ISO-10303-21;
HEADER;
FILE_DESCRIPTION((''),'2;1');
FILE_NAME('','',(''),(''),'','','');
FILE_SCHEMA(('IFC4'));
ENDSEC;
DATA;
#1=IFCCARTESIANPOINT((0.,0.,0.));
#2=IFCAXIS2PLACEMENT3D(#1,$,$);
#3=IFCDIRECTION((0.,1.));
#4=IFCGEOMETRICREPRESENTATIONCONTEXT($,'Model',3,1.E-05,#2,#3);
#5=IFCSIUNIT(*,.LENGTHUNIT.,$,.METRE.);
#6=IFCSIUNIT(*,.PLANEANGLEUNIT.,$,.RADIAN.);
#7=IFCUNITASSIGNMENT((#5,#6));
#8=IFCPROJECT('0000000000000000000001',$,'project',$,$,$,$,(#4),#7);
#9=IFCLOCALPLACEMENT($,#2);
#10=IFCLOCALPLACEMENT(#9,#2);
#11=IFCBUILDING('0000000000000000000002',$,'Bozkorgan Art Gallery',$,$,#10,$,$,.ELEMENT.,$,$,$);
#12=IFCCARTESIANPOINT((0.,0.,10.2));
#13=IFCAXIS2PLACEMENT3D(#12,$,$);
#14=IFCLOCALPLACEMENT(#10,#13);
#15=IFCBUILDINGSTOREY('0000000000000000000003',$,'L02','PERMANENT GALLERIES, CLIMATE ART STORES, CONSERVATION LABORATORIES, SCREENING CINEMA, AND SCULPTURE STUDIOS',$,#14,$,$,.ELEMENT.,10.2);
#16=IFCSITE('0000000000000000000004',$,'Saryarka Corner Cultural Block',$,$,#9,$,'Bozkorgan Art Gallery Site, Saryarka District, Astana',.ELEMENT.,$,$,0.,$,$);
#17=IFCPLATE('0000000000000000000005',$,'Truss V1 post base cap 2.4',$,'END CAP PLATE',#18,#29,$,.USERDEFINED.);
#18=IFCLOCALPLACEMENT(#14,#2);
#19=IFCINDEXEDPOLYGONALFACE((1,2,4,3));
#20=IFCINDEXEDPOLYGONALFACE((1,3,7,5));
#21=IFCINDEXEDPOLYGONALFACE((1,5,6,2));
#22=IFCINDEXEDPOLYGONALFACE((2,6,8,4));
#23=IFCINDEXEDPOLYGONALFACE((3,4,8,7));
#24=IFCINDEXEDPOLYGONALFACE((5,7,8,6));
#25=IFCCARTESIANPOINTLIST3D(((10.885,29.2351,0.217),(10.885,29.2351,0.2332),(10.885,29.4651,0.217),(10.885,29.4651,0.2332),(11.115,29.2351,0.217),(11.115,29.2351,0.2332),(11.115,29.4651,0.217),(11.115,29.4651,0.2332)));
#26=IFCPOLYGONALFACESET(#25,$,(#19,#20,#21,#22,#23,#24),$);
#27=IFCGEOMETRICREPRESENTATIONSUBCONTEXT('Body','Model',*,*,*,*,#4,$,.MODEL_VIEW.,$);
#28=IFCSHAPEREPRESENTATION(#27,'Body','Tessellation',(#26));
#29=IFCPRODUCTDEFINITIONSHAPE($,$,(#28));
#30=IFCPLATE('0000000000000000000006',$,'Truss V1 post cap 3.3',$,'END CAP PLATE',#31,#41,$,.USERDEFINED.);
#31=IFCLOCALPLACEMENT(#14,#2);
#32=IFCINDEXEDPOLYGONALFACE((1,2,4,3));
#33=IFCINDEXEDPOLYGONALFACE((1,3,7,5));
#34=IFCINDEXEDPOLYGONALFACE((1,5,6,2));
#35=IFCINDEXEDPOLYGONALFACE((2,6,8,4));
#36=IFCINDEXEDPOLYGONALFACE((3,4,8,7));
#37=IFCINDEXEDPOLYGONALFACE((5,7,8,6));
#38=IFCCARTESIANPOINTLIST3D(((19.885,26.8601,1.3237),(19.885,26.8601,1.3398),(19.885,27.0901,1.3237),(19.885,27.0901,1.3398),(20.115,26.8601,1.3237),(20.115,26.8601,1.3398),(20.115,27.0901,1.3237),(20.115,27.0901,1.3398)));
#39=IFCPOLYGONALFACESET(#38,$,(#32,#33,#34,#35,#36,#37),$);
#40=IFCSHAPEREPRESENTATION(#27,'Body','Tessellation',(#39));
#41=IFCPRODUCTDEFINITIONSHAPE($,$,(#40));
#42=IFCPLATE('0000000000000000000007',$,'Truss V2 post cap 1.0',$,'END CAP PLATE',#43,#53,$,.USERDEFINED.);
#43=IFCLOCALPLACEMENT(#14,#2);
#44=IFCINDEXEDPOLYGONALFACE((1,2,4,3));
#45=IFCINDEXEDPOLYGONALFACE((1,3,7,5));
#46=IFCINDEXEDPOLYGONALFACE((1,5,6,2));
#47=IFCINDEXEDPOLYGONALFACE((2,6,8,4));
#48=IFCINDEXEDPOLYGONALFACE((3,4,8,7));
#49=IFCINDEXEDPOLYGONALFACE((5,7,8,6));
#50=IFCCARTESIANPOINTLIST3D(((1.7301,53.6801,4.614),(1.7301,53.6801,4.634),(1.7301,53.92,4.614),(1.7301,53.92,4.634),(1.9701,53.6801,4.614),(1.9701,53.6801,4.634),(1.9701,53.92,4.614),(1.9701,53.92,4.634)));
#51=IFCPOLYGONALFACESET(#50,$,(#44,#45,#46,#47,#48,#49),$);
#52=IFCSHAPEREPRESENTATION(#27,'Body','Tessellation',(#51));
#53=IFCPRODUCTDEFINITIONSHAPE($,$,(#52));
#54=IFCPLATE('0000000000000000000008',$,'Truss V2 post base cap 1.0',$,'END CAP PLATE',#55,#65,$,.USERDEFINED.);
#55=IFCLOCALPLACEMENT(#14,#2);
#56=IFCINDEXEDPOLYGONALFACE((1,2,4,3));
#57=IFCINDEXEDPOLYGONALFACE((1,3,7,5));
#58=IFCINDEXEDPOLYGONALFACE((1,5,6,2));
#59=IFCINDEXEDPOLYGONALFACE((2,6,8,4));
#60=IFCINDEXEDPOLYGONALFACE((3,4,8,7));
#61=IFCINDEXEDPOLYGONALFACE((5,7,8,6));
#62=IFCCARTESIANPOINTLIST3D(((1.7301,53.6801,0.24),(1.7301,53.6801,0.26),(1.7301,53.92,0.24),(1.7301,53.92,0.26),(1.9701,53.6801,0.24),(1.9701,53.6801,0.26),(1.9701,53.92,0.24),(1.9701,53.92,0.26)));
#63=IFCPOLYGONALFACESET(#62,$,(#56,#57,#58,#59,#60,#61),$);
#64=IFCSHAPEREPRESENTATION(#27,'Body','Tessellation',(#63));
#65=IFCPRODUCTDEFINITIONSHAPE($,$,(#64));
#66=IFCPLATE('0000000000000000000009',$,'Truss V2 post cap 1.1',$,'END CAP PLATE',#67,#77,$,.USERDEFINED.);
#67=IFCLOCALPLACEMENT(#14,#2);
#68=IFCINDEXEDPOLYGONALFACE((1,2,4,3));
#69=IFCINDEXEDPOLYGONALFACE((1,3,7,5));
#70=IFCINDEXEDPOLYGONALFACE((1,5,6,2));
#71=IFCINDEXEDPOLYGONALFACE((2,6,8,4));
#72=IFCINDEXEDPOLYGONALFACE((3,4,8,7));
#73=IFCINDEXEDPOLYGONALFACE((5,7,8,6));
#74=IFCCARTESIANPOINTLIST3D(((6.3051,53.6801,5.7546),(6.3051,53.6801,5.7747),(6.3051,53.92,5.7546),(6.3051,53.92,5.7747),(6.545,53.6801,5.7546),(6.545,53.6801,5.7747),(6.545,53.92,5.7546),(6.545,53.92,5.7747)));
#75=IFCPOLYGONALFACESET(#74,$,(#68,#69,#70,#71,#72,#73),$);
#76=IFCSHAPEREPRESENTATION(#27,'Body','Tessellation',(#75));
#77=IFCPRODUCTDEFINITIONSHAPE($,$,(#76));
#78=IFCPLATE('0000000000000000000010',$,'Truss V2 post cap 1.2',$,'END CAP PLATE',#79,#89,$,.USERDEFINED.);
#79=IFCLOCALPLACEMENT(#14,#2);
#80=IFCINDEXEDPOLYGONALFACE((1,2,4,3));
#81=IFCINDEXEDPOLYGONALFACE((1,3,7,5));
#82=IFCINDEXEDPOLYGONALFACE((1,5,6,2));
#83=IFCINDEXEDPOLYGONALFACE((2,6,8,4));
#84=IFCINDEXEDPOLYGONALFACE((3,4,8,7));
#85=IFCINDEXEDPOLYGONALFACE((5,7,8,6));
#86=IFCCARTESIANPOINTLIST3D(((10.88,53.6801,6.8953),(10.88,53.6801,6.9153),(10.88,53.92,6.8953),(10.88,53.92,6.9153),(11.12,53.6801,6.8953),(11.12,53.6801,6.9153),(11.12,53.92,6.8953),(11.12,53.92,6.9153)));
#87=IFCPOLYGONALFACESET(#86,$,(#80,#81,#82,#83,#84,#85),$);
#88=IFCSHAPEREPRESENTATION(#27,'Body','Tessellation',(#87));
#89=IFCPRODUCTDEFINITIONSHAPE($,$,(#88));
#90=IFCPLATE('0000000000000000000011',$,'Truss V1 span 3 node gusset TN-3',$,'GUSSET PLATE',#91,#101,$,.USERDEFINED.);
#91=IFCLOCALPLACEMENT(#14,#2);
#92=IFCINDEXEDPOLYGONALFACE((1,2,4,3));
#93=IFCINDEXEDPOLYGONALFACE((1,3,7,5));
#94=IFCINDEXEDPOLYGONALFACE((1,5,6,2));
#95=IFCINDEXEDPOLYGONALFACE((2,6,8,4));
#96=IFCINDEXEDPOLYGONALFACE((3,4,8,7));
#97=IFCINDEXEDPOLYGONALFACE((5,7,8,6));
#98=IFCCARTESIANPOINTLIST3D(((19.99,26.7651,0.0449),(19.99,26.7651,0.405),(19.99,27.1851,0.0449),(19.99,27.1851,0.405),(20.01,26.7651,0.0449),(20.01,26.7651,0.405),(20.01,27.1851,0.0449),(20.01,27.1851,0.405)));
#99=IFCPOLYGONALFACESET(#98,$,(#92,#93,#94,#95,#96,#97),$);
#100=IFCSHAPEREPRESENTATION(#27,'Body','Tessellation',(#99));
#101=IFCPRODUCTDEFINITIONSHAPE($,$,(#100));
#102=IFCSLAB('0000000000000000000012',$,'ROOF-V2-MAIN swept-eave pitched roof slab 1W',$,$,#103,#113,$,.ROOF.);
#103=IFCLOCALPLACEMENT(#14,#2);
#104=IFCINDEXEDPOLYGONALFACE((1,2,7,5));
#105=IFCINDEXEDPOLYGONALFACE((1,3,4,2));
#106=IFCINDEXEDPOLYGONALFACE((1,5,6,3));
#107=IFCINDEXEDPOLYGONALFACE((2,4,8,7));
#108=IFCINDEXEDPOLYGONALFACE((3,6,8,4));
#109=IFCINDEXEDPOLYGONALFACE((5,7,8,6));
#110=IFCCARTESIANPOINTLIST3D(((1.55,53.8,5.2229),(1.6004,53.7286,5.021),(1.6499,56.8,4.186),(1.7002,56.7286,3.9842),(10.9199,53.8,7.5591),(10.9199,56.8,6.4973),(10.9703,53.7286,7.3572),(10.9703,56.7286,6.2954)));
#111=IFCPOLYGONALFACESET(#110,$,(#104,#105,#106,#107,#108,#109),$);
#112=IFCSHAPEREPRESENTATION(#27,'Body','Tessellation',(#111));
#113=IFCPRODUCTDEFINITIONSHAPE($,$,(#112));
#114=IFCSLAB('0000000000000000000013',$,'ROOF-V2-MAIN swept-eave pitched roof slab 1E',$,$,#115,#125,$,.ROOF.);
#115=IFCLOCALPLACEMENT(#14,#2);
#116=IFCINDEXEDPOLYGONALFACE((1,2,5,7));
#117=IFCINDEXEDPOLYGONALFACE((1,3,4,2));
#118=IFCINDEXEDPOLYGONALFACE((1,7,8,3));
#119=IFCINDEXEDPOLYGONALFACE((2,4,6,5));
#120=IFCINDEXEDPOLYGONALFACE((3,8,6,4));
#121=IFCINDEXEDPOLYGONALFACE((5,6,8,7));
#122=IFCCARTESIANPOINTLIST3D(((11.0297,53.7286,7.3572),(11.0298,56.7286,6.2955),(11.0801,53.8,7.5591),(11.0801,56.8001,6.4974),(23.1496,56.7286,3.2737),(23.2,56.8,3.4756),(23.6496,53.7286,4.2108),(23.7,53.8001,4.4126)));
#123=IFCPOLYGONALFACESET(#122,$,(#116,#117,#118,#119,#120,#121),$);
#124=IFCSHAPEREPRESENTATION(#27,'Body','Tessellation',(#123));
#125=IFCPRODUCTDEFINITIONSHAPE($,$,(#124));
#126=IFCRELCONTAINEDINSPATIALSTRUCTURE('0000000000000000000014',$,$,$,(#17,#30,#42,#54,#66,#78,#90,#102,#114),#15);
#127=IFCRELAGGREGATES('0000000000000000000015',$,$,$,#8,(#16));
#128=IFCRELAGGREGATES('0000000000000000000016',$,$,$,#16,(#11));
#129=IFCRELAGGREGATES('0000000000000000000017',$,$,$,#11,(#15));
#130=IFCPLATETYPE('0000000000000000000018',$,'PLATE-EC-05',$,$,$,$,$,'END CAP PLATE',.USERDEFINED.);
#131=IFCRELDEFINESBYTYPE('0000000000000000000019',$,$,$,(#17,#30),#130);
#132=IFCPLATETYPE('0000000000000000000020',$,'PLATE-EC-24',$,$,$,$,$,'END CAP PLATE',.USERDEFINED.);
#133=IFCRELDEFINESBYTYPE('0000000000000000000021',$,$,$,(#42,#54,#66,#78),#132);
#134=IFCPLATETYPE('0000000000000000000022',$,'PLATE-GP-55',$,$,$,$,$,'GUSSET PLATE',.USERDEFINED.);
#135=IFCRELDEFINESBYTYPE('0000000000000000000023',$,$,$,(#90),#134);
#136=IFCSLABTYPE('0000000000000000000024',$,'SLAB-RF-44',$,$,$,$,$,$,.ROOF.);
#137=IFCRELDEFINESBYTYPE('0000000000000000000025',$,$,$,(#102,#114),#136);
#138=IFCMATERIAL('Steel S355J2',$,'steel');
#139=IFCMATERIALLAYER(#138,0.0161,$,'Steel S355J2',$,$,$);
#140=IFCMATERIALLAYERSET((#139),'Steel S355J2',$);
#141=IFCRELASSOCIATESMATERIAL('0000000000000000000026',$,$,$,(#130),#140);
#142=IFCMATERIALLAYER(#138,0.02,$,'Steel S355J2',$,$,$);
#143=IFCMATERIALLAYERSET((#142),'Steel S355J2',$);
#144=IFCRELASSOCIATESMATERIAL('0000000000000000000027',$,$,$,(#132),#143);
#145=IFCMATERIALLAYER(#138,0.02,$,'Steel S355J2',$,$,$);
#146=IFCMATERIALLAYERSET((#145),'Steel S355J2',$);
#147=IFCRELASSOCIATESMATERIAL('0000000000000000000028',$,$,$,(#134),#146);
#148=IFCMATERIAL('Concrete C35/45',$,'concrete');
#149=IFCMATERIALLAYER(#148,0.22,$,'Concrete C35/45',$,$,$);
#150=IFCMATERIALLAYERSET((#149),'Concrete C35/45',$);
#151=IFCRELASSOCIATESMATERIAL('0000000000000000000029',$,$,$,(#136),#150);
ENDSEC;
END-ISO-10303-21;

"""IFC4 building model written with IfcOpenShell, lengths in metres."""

from ifc_helpers import new_model, si_unit, direction, frame, origin, origin_2d, place, context, subcontext, project, spatial, polyline, rectangle, outline, extrude, material, layer, layer_set, type_object, element, save


model = new_model("IFC4")

# Units and contexts
model_context = context("Model", 3, precision=1e-05, world=origin(), true_north=direction((0.0, 1.0)))
body_context = subcontext(model_context, "Body", "Model", "MODEL_VIEW")
ifc_project = project(units=[si_unit("LENGTHUNIT", "METRE"), si_unit("PLANEANGLEUNIT", "RADIAN")], contexts=[model_context])

# Site, building, storey
site_placement = place(None, origin())
site = spatial("IfcSite", under=ifc_project, at=site_placement, Name="Saryarka Corner Cultural Block", LongName="Bozkorgan Art Gallery Site, Saryarka District, Astana", CompositionType="ELEMENT", RefElevation=0.0)
building_placement = place(site_placement, origin())
building = spatial("IfcBuilding", under=site, at=building_placement, Name="Bozkorgan Art Gallery", CompositionType="ELEMENT")
storey_placement = place(building_placement, frame((0.0, 0.0, 10.2)))
storey = spatial("IfcBuildingStorey", under=building, at=storey_placement, Name="L02", Description="PERMANENT GALLERIES, CLIMATE ART STORES, CONSERVATION LABORATORIES, SCREENING CINEMA, AND SCULPTURE STUDIOS", CompositionType="ELEMENT", Elevation=10.2)

# Shared definitions
ifc_material_1 = material(Name="Steel S355J2", Category="steel")

# Plates
ifc_layer_1 = layer(ifc_material_1, 0.0161, Name="Steel S355J2")
ifc_layer_set_1 = layer_set([ifc_layer_1], Name="Steel S355J2")
plate_type_1 = type_object("IfcPlateType", Name="PLATE-EC-05", ElementType="END CAP PLATE", PredefinedType="USERDEFINED", material=ifc_layer_set_1)
for number, where, z_axis, x_axis, name in (
    (1, (11.0, 29.3501, 0.217), (0.0, 0.0, 1.0), (1.0, 0.0, 0.0), "Truss V1 post base cap 2.4"),
    (2, (20.0, 26.9751, 1.3237), (0.0, 0.0, 1.0), (1.0, 0.0, 0.0), "Truss V1 post cap 3.3"),
):
    element("IfcPlate", number, at=place(storey_placement, frame(where, z_axis=z_axis, x_axis=x_axis)), inside=storey, type_object=plate_type_1, Name=name, ObjectType="END CAP PLATE", PredefinedType="USERDEFINED", context=body_context, shape_type="SweptSolid", body=[
        extrude(rectangle(XDim=0.23, YDim=0.23, at=origin_2d()), origin(), (0.0, 0.0, 1.0), 0.0161),
    ])
ifc_layer_2 = layer(ifc_material_1, 0.02, Name="Steel S355J2")
ifc_layer_set_2 = layer_set([ifc_layer_2], Name="Steel S355J2")
plate_type_2 = type_object("IfcPlateType", Name="PLATE-EC-24", ElementType="END CAP PLATE", PredefinedType="USERDEFINED", material=ifc_layer_set_2)
for number, where, z_axis, x_axis, name in (
    (3, (1.8501, 53.8, 4.614), (0.0, 0.0, 1.0), (1.0, 0.0, 0.0), "Truss V2 post cap 1.0"),
    (4, (1.8501, 53.8, 0.24), (0.0, 0.0, 1.0), (1.0, 0.0, 0.0), "Truss V2 post base cap 1.0"),
    (5, (6.425, 53.8, 5.7546), (0.0, 0.0, 1.0), (1.0, 0.0, 0.0), "Truss V2 post cap 1.1"),
    (6, (11.0, 53.8, 6.8953), (0.0, 0.0, 1.0), (1.0, 0.0, 0.0), "Truss V2 post cap 1.2"),
):
    element("IfcPlate", number, at=place(storey_placement, frame(where, z_axis=z_axis, x_axis=x_axis)), inside=storey, type_object=plate_type_2, Name=name, ObjectType="END CAP PLATE", PredefinedType="USERDEFINED", context=body_context, shape_type="SweptSolid", body=[
        extrude(rectangle(XDim=0.24, YDim=0.24, at=origin_2d()), origin(), (0.0, 0.0, 1.0), 0.02),
    ])
ifc_layer_3 = layer(ifc_material_1, 0.02, Name="Steel S355J2")
ifc_layer_set_3 = layer_set([ifc_layer_3], Name="Steel S355J2")
plate_type_3 = type_object("IfcPlateType", Name="PLATE-GP-55", ElementType="GUSSET PLATE", PredefinedType="USERDEFINED", material=ifc_layer_set_3)
plate_placement = place(storey_placement, frame((20.0, 26.9751, 0.0449), z_axis=(0.0, 0.0, 1.0), x_axis=(1.0, 0.0, 0.0)))
element("IfcPlate", 7, at=plate_placement, inside=storey, type_object=plate_type_3, Name="Truss V1 span 3 node gusset TN-3", ObjectType="GUSSET PLATE", PredefinedType="USERDEFINED", context=body_context, shape_type="SweptSolid", body=[
    extrude(rectangle(XDim=0.02, YDim=0.4199, at=origin_2d()), origin(), (0.0, 0.0, 1.0), 0.3601),
])

# Slabs
ifc_material_2 = material(Name="Concrete C35/45", Category="concrete")
ifc_layer_4 = layer(ifc_material_2, 0.22, Name="Concrete C35/45")
ifc_layer_set_4 = layer_set([ifc_layer_4], Name="Concrete C35/45")
slab_type = type_object("IfcSlabType", Name="SLAB-RF-44", PredefinedType="ROOF", material=ifc_layer_set_4)
slab_1_placement = place(storey_placement, frame((1.55, 53.8, 5.2229), z_axis=(-0.228807, 0.324791, 0.917692), x_axis=(0.970296, 0.0, 0.241923)))
element("IfcSlab", 8, at=slab_1_placement, inside=storey, type_object=slab_type, Name="ROOF-V2-MAIN swept-eave pitched roof slab 1W", PredefinedType="ROOF", context=body_context, shape_type="SweptSolid", body=[
    extrude(outline(polyline([(0.0, 0.0), (9.6567, 0.0), (9.3999, 3.172), (-0.154, 3.172), (0.0, 0.0)])), origin(), (0.0, 0.0, -1.0), 0.22),
])
slab_2_placement = place(storey_placement, frame((11.0801, 53.8, 7.5591), z_axis=(0.228804, 0.324779, 0.917697), x_axis=(0.970297, 0.000001, -0.241919)))
element("IfcSlab", 9, at=slab_2_placement, inside=storey, type_object=slab_type, Name="ROOF-V2-MAIN swept-eave pitched roof slab 1E", PredefinedType="ROOF", context=body_context, shape_type="SweptSolid", body=[
    extrude(outline(polyline([(0.0, 0.0), (13.0062, 0.0), (12.7477, 3.1719), (0.2569, 3.172), (0.0, 0.0)])), origin(), (0.0, 0.0, -1.0), 0.22),
])

save(model, "model.ifc")
